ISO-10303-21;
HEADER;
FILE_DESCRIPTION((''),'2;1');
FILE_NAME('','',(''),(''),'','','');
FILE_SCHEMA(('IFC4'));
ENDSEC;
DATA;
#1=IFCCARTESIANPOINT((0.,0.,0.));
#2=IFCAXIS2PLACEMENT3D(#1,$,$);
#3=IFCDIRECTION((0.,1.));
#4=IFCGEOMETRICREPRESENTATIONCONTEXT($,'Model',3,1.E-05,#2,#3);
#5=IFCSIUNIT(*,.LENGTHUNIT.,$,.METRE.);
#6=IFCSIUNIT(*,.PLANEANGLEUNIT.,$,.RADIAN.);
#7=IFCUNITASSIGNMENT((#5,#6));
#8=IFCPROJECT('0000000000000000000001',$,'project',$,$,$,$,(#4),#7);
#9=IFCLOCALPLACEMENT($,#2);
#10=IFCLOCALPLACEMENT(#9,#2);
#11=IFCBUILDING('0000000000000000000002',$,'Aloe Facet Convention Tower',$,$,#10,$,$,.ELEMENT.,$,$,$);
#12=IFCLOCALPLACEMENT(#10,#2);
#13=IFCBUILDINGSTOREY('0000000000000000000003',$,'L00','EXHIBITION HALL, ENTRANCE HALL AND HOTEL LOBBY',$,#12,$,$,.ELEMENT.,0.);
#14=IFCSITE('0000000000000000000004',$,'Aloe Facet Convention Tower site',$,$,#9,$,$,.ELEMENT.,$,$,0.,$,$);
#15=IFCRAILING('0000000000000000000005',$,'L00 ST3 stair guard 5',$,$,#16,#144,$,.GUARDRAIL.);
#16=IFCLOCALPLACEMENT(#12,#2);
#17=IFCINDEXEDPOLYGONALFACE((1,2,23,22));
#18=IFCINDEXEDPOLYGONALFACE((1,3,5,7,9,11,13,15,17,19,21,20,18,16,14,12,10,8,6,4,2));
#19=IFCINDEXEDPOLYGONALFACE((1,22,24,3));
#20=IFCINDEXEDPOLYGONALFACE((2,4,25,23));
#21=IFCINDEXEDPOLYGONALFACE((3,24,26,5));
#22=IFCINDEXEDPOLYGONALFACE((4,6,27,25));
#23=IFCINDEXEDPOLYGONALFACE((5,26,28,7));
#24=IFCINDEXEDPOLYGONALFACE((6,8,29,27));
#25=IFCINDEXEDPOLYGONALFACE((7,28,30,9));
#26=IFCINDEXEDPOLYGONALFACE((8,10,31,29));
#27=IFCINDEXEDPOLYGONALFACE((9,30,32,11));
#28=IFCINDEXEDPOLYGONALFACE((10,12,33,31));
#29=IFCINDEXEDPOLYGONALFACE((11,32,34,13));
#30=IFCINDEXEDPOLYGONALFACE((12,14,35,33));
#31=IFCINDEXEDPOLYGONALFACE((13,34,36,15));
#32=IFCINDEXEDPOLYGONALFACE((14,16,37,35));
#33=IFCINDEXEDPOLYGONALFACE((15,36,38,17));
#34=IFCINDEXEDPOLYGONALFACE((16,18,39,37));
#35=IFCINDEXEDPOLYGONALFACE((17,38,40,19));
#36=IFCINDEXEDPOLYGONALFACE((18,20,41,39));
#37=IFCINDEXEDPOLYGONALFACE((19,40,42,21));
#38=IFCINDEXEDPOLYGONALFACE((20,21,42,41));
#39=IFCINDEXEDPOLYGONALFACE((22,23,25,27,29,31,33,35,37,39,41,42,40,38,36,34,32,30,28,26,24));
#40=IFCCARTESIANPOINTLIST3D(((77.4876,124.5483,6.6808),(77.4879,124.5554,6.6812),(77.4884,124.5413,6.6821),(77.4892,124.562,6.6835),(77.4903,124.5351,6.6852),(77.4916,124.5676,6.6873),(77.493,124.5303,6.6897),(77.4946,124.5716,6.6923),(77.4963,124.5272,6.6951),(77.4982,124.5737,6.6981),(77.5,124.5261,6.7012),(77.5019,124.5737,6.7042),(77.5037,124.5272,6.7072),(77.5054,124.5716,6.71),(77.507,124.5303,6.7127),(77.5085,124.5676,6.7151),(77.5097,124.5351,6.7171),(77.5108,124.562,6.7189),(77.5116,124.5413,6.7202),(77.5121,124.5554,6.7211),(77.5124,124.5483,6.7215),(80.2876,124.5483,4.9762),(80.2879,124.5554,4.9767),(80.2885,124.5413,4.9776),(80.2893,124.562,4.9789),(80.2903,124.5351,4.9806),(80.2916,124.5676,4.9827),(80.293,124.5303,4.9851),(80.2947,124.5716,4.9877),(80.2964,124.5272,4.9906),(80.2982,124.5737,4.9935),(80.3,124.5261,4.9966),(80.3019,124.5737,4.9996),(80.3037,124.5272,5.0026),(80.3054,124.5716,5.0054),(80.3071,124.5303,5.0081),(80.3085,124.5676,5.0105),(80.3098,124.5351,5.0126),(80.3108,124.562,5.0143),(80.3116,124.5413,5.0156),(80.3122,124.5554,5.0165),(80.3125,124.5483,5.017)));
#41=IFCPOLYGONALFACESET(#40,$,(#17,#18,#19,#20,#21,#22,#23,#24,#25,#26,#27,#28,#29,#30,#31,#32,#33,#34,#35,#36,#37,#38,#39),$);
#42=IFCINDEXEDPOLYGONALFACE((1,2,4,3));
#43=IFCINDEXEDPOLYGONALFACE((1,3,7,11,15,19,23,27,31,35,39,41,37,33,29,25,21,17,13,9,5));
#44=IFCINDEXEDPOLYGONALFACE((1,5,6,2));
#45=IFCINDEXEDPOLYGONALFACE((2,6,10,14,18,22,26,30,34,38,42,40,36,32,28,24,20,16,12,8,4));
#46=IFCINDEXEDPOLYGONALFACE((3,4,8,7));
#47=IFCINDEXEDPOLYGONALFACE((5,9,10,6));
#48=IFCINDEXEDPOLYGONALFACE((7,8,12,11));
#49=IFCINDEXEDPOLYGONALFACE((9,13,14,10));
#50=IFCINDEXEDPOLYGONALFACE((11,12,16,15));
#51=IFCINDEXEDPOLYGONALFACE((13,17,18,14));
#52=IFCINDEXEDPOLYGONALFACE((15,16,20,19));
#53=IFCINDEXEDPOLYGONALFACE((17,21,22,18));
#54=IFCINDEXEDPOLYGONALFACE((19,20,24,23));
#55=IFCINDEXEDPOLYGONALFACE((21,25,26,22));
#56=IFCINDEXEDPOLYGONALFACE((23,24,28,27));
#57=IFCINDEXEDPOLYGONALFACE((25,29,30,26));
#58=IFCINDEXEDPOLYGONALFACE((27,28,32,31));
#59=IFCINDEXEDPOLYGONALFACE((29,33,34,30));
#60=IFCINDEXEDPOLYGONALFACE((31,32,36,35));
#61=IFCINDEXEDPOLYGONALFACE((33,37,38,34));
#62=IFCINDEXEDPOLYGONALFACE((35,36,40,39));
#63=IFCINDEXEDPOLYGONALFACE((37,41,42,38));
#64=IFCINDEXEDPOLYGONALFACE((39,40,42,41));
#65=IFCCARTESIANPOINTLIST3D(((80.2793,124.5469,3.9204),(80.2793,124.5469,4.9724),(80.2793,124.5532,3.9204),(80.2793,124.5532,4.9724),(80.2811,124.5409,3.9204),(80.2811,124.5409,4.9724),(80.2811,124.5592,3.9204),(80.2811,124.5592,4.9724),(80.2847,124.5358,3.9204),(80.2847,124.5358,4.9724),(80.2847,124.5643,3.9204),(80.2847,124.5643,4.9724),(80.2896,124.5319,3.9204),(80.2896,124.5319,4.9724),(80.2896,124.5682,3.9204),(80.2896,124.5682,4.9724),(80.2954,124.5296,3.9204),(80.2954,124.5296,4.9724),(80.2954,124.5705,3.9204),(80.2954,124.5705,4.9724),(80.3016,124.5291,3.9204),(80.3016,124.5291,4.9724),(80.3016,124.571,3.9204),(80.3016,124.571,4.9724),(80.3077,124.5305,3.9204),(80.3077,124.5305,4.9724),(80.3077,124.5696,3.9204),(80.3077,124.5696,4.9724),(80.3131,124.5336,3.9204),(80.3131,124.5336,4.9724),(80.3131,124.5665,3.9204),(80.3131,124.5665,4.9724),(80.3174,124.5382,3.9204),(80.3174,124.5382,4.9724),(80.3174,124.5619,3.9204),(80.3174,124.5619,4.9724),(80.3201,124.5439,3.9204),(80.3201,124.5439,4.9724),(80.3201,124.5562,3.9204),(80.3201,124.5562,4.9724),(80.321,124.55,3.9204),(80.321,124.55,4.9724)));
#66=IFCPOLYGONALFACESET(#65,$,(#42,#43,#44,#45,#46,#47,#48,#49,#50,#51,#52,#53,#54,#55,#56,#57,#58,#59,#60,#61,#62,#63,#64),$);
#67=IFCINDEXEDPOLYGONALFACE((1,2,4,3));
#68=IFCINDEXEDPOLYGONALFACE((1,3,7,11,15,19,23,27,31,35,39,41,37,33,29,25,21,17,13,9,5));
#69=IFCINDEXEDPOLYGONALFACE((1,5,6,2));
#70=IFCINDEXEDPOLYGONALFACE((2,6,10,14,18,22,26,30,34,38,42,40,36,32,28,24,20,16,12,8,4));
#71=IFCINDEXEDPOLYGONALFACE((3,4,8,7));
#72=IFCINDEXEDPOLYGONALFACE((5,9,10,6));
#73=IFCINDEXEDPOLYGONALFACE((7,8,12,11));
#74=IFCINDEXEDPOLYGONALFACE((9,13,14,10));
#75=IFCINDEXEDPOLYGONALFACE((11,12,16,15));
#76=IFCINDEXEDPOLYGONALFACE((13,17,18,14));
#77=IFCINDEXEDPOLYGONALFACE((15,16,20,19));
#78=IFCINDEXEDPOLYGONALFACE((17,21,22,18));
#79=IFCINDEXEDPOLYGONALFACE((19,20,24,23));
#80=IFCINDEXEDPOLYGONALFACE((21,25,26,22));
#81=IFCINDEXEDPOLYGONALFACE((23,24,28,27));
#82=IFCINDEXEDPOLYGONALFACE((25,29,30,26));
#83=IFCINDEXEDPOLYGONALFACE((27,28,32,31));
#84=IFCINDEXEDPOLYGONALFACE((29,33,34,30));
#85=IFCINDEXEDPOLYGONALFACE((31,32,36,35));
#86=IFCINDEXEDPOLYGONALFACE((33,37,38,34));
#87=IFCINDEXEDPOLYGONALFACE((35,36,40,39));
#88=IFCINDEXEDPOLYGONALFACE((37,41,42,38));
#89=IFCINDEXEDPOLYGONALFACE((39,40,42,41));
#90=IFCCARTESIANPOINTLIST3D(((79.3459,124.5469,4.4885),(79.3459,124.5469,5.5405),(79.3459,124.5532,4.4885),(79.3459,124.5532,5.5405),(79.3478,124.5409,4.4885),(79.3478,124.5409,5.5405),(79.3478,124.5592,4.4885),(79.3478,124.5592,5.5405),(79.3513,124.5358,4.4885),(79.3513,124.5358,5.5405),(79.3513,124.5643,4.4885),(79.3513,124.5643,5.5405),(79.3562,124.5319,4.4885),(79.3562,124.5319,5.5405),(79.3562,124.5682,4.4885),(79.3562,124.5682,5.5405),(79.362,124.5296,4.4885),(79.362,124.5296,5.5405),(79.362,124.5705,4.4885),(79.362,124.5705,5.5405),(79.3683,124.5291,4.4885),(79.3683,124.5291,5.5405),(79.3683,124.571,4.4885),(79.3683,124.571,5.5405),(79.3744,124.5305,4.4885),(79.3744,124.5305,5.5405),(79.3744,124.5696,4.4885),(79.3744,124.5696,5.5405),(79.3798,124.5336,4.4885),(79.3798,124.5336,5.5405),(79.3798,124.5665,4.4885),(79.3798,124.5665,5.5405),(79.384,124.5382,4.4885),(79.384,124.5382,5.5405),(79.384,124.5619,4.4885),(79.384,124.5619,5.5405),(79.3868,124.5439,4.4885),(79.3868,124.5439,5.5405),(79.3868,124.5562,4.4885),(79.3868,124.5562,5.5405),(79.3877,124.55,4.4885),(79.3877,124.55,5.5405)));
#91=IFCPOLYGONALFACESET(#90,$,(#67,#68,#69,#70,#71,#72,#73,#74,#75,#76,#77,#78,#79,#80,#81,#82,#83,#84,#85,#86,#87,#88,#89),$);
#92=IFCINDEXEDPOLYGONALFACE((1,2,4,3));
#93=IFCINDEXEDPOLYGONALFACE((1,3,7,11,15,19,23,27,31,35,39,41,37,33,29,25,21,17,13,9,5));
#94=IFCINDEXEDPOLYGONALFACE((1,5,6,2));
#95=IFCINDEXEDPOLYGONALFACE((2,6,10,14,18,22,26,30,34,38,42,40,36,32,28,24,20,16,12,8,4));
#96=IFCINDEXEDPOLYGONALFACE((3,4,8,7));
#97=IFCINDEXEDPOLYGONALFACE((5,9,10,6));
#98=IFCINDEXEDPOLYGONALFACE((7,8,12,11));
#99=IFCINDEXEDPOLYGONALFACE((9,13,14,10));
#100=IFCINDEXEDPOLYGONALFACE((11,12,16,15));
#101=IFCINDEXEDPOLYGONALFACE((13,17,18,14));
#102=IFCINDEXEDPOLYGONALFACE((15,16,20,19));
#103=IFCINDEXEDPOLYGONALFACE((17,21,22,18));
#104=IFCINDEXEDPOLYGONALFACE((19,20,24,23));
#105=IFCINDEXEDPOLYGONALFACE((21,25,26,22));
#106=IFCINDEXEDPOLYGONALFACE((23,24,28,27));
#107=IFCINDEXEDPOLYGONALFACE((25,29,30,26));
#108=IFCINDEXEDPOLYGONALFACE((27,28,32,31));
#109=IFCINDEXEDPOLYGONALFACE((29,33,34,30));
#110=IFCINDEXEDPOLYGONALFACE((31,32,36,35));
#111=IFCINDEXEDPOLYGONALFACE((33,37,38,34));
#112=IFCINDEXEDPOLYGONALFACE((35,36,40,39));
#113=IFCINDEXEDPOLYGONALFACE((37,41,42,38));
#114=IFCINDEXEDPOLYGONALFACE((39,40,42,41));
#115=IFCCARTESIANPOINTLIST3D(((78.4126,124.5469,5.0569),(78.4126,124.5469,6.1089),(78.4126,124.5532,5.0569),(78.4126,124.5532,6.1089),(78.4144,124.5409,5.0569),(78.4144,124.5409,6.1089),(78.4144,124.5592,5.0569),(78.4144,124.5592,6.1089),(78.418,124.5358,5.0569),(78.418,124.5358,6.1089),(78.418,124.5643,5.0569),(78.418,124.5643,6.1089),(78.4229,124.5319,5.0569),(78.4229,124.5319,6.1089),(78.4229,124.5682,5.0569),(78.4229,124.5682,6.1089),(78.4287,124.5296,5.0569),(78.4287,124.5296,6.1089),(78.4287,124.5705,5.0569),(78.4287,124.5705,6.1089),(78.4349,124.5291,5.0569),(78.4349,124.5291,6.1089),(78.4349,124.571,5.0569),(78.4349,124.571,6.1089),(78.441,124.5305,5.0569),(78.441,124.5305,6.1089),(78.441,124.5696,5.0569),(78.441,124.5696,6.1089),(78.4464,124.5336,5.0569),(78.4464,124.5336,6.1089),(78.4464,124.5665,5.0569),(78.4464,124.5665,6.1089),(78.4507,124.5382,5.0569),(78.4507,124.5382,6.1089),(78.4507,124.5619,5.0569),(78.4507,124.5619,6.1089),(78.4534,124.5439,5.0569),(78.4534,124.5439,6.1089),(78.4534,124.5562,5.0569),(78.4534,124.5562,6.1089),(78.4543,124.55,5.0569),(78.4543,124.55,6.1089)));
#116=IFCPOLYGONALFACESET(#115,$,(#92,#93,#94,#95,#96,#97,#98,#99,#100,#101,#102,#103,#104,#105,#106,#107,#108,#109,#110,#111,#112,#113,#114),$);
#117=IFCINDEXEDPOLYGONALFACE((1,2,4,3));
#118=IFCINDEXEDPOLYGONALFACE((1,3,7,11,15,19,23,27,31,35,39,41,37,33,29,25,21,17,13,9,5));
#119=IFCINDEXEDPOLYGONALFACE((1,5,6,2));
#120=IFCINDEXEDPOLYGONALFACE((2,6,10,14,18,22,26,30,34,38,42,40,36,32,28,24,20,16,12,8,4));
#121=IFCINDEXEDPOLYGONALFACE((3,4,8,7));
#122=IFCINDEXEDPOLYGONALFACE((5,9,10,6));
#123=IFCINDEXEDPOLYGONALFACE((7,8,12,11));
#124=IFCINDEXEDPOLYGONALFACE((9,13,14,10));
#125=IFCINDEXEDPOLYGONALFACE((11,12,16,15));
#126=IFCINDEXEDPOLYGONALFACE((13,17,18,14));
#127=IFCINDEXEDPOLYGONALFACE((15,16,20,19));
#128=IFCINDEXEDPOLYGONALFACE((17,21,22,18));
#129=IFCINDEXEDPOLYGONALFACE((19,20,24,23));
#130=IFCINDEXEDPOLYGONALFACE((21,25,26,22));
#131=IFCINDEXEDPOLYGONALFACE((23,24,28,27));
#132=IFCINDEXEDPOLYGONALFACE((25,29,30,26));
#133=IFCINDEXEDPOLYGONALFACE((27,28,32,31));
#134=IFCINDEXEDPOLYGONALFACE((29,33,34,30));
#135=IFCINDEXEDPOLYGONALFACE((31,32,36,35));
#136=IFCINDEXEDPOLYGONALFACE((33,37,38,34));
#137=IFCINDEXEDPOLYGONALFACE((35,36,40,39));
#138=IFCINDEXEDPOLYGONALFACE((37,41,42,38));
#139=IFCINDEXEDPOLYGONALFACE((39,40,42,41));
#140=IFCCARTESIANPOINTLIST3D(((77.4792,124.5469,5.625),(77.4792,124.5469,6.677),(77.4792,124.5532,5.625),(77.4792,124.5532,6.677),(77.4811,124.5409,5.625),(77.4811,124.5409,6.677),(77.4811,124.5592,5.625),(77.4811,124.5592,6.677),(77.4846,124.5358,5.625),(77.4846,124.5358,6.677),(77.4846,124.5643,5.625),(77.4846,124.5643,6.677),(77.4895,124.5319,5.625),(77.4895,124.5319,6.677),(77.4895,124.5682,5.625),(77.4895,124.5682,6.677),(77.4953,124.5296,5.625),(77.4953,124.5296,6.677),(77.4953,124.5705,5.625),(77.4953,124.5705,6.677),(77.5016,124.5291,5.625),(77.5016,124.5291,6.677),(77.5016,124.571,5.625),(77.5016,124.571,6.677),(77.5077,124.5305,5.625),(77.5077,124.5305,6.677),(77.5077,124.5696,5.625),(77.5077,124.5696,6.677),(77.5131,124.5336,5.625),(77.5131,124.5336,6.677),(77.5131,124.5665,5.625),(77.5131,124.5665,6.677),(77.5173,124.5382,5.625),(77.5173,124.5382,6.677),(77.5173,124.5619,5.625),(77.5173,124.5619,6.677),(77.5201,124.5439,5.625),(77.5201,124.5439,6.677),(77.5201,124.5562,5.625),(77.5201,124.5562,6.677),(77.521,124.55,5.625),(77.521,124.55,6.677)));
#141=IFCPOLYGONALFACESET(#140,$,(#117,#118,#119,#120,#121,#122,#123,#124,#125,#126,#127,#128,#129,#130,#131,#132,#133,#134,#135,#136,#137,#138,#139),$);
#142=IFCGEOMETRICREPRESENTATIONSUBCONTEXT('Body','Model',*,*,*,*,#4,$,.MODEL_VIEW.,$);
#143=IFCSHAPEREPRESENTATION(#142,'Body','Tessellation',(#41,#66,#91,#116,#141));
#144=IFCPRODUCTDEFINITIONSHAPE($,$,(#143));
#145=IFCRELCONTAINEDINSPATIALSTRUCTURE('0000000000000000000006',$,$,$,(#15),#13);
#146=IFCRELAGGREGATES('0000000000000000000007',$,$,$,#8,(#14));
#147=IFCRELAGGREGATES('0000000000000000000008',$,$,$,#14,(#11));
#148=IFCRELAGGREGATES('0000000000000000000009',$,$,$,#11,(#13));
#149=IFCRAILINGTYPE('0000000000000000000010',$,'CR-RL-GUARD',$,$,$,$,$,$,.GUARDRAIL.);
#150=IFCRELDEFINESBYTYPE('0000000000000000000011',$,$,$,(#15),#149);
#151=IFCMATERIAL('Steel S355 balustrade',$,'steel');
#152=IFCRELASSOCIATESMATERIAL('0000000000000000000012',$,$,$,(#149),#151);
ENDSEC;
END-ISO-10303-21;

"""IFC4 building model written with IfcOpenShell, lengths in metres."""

from ifc_helpers import new_model, si_unit, direction, frame, origin, origin_2d, place, context, subcontext, project, spatial, circle, extrude, material, type_object, element, save


model = new_model("IFC4")

# Units and contexts
model_context = context("Model", 3, precision=1e-05, world=origin(), true_north=direction((0.0, 1.0)))
body_context = subcontext(model_context, "Body", "Model", "MODEL_VIEW")
ifc_project = project(units=[si_unit("LENGTHUNIT", "METRE"), si_unit("PLANEANGLEUNIT", "RADIAN")], contexts=[model_context])

# Site, building, storey
site_placement = place(None, origin())
site = spatial("IfcSite", under=ifc_project, at=site_placement, Name="Aloe Facet Convention Tower site", CompositionType="ELEMENT", RefElevation=0.0)
building_placement = place(site_placement, origin())
building = spatial("IfcBuilding", under=site, at=building_placement, Name="Aloe Facet Convention Tower", CompositionType="ELEMENT")
storey_placement = place(building_placement, origin())
storey = spatial("IfcBuildingStorey", under=building, at=storey_placement, Name="L00", Description="EXHIBITION HALL, ENTRANCE HALL AND HOTEL LOBBY", CompositionType="ELEMENT", Elevation=0.0)

# Railing
ifc_material_1 = material(Name="Steel S355 balustrade", Category="steel")
railing_type_1 = type_object("IfcRailingType", Name="CR-RL-GUARD", PredefinedType="GUARDRAIL", material=ifc_material_1)
railing_1_placement = place(storey_placement, frame((80.3, 124.55, 3.9204)))
element("IfcRailing", 1, at=railing_1_placement, inside=storey, type_object=railing_type_1, Name="L00 ST3 stair guard 5", PredefinedType="GUARDRAIL", context=body_context, shape_type="SweptSolid", body=[
    extrude(circle(Radius=0.0239, at=origin_2d()), frame((0.0, 0.0, 1.0762), z_axis=(-0.85417, 0.0, 0.519994), x_axis=(0.0, -1.0, 0.0)), (0.0, 0.0, 1.0), 3.2781),
    extrude(circle(Radius=0.021, at=origin_2d()), origin(), (0.0, 0.0, 1.0), 1.052),
    extrude(circle(Radius=0.021, at=origin_2d()), frame((-0.9333, 0.0, 0.5681)), (0.0, 0.0, 1.0), 1.052),
    extrude(circle(Radius=0.021, at=origin_2d()), frame((-1.8667, 0.0, 1.1365)), (0.0, 0.0, 1.0), 1.052),
    extrude(circle(Radius=0.021, at=origin_2d()), frame((-2.8, 0.0, 1.7046)), (0.0, 0.0, 1.0), 1.052),
])

save(model, "model.ifc")
